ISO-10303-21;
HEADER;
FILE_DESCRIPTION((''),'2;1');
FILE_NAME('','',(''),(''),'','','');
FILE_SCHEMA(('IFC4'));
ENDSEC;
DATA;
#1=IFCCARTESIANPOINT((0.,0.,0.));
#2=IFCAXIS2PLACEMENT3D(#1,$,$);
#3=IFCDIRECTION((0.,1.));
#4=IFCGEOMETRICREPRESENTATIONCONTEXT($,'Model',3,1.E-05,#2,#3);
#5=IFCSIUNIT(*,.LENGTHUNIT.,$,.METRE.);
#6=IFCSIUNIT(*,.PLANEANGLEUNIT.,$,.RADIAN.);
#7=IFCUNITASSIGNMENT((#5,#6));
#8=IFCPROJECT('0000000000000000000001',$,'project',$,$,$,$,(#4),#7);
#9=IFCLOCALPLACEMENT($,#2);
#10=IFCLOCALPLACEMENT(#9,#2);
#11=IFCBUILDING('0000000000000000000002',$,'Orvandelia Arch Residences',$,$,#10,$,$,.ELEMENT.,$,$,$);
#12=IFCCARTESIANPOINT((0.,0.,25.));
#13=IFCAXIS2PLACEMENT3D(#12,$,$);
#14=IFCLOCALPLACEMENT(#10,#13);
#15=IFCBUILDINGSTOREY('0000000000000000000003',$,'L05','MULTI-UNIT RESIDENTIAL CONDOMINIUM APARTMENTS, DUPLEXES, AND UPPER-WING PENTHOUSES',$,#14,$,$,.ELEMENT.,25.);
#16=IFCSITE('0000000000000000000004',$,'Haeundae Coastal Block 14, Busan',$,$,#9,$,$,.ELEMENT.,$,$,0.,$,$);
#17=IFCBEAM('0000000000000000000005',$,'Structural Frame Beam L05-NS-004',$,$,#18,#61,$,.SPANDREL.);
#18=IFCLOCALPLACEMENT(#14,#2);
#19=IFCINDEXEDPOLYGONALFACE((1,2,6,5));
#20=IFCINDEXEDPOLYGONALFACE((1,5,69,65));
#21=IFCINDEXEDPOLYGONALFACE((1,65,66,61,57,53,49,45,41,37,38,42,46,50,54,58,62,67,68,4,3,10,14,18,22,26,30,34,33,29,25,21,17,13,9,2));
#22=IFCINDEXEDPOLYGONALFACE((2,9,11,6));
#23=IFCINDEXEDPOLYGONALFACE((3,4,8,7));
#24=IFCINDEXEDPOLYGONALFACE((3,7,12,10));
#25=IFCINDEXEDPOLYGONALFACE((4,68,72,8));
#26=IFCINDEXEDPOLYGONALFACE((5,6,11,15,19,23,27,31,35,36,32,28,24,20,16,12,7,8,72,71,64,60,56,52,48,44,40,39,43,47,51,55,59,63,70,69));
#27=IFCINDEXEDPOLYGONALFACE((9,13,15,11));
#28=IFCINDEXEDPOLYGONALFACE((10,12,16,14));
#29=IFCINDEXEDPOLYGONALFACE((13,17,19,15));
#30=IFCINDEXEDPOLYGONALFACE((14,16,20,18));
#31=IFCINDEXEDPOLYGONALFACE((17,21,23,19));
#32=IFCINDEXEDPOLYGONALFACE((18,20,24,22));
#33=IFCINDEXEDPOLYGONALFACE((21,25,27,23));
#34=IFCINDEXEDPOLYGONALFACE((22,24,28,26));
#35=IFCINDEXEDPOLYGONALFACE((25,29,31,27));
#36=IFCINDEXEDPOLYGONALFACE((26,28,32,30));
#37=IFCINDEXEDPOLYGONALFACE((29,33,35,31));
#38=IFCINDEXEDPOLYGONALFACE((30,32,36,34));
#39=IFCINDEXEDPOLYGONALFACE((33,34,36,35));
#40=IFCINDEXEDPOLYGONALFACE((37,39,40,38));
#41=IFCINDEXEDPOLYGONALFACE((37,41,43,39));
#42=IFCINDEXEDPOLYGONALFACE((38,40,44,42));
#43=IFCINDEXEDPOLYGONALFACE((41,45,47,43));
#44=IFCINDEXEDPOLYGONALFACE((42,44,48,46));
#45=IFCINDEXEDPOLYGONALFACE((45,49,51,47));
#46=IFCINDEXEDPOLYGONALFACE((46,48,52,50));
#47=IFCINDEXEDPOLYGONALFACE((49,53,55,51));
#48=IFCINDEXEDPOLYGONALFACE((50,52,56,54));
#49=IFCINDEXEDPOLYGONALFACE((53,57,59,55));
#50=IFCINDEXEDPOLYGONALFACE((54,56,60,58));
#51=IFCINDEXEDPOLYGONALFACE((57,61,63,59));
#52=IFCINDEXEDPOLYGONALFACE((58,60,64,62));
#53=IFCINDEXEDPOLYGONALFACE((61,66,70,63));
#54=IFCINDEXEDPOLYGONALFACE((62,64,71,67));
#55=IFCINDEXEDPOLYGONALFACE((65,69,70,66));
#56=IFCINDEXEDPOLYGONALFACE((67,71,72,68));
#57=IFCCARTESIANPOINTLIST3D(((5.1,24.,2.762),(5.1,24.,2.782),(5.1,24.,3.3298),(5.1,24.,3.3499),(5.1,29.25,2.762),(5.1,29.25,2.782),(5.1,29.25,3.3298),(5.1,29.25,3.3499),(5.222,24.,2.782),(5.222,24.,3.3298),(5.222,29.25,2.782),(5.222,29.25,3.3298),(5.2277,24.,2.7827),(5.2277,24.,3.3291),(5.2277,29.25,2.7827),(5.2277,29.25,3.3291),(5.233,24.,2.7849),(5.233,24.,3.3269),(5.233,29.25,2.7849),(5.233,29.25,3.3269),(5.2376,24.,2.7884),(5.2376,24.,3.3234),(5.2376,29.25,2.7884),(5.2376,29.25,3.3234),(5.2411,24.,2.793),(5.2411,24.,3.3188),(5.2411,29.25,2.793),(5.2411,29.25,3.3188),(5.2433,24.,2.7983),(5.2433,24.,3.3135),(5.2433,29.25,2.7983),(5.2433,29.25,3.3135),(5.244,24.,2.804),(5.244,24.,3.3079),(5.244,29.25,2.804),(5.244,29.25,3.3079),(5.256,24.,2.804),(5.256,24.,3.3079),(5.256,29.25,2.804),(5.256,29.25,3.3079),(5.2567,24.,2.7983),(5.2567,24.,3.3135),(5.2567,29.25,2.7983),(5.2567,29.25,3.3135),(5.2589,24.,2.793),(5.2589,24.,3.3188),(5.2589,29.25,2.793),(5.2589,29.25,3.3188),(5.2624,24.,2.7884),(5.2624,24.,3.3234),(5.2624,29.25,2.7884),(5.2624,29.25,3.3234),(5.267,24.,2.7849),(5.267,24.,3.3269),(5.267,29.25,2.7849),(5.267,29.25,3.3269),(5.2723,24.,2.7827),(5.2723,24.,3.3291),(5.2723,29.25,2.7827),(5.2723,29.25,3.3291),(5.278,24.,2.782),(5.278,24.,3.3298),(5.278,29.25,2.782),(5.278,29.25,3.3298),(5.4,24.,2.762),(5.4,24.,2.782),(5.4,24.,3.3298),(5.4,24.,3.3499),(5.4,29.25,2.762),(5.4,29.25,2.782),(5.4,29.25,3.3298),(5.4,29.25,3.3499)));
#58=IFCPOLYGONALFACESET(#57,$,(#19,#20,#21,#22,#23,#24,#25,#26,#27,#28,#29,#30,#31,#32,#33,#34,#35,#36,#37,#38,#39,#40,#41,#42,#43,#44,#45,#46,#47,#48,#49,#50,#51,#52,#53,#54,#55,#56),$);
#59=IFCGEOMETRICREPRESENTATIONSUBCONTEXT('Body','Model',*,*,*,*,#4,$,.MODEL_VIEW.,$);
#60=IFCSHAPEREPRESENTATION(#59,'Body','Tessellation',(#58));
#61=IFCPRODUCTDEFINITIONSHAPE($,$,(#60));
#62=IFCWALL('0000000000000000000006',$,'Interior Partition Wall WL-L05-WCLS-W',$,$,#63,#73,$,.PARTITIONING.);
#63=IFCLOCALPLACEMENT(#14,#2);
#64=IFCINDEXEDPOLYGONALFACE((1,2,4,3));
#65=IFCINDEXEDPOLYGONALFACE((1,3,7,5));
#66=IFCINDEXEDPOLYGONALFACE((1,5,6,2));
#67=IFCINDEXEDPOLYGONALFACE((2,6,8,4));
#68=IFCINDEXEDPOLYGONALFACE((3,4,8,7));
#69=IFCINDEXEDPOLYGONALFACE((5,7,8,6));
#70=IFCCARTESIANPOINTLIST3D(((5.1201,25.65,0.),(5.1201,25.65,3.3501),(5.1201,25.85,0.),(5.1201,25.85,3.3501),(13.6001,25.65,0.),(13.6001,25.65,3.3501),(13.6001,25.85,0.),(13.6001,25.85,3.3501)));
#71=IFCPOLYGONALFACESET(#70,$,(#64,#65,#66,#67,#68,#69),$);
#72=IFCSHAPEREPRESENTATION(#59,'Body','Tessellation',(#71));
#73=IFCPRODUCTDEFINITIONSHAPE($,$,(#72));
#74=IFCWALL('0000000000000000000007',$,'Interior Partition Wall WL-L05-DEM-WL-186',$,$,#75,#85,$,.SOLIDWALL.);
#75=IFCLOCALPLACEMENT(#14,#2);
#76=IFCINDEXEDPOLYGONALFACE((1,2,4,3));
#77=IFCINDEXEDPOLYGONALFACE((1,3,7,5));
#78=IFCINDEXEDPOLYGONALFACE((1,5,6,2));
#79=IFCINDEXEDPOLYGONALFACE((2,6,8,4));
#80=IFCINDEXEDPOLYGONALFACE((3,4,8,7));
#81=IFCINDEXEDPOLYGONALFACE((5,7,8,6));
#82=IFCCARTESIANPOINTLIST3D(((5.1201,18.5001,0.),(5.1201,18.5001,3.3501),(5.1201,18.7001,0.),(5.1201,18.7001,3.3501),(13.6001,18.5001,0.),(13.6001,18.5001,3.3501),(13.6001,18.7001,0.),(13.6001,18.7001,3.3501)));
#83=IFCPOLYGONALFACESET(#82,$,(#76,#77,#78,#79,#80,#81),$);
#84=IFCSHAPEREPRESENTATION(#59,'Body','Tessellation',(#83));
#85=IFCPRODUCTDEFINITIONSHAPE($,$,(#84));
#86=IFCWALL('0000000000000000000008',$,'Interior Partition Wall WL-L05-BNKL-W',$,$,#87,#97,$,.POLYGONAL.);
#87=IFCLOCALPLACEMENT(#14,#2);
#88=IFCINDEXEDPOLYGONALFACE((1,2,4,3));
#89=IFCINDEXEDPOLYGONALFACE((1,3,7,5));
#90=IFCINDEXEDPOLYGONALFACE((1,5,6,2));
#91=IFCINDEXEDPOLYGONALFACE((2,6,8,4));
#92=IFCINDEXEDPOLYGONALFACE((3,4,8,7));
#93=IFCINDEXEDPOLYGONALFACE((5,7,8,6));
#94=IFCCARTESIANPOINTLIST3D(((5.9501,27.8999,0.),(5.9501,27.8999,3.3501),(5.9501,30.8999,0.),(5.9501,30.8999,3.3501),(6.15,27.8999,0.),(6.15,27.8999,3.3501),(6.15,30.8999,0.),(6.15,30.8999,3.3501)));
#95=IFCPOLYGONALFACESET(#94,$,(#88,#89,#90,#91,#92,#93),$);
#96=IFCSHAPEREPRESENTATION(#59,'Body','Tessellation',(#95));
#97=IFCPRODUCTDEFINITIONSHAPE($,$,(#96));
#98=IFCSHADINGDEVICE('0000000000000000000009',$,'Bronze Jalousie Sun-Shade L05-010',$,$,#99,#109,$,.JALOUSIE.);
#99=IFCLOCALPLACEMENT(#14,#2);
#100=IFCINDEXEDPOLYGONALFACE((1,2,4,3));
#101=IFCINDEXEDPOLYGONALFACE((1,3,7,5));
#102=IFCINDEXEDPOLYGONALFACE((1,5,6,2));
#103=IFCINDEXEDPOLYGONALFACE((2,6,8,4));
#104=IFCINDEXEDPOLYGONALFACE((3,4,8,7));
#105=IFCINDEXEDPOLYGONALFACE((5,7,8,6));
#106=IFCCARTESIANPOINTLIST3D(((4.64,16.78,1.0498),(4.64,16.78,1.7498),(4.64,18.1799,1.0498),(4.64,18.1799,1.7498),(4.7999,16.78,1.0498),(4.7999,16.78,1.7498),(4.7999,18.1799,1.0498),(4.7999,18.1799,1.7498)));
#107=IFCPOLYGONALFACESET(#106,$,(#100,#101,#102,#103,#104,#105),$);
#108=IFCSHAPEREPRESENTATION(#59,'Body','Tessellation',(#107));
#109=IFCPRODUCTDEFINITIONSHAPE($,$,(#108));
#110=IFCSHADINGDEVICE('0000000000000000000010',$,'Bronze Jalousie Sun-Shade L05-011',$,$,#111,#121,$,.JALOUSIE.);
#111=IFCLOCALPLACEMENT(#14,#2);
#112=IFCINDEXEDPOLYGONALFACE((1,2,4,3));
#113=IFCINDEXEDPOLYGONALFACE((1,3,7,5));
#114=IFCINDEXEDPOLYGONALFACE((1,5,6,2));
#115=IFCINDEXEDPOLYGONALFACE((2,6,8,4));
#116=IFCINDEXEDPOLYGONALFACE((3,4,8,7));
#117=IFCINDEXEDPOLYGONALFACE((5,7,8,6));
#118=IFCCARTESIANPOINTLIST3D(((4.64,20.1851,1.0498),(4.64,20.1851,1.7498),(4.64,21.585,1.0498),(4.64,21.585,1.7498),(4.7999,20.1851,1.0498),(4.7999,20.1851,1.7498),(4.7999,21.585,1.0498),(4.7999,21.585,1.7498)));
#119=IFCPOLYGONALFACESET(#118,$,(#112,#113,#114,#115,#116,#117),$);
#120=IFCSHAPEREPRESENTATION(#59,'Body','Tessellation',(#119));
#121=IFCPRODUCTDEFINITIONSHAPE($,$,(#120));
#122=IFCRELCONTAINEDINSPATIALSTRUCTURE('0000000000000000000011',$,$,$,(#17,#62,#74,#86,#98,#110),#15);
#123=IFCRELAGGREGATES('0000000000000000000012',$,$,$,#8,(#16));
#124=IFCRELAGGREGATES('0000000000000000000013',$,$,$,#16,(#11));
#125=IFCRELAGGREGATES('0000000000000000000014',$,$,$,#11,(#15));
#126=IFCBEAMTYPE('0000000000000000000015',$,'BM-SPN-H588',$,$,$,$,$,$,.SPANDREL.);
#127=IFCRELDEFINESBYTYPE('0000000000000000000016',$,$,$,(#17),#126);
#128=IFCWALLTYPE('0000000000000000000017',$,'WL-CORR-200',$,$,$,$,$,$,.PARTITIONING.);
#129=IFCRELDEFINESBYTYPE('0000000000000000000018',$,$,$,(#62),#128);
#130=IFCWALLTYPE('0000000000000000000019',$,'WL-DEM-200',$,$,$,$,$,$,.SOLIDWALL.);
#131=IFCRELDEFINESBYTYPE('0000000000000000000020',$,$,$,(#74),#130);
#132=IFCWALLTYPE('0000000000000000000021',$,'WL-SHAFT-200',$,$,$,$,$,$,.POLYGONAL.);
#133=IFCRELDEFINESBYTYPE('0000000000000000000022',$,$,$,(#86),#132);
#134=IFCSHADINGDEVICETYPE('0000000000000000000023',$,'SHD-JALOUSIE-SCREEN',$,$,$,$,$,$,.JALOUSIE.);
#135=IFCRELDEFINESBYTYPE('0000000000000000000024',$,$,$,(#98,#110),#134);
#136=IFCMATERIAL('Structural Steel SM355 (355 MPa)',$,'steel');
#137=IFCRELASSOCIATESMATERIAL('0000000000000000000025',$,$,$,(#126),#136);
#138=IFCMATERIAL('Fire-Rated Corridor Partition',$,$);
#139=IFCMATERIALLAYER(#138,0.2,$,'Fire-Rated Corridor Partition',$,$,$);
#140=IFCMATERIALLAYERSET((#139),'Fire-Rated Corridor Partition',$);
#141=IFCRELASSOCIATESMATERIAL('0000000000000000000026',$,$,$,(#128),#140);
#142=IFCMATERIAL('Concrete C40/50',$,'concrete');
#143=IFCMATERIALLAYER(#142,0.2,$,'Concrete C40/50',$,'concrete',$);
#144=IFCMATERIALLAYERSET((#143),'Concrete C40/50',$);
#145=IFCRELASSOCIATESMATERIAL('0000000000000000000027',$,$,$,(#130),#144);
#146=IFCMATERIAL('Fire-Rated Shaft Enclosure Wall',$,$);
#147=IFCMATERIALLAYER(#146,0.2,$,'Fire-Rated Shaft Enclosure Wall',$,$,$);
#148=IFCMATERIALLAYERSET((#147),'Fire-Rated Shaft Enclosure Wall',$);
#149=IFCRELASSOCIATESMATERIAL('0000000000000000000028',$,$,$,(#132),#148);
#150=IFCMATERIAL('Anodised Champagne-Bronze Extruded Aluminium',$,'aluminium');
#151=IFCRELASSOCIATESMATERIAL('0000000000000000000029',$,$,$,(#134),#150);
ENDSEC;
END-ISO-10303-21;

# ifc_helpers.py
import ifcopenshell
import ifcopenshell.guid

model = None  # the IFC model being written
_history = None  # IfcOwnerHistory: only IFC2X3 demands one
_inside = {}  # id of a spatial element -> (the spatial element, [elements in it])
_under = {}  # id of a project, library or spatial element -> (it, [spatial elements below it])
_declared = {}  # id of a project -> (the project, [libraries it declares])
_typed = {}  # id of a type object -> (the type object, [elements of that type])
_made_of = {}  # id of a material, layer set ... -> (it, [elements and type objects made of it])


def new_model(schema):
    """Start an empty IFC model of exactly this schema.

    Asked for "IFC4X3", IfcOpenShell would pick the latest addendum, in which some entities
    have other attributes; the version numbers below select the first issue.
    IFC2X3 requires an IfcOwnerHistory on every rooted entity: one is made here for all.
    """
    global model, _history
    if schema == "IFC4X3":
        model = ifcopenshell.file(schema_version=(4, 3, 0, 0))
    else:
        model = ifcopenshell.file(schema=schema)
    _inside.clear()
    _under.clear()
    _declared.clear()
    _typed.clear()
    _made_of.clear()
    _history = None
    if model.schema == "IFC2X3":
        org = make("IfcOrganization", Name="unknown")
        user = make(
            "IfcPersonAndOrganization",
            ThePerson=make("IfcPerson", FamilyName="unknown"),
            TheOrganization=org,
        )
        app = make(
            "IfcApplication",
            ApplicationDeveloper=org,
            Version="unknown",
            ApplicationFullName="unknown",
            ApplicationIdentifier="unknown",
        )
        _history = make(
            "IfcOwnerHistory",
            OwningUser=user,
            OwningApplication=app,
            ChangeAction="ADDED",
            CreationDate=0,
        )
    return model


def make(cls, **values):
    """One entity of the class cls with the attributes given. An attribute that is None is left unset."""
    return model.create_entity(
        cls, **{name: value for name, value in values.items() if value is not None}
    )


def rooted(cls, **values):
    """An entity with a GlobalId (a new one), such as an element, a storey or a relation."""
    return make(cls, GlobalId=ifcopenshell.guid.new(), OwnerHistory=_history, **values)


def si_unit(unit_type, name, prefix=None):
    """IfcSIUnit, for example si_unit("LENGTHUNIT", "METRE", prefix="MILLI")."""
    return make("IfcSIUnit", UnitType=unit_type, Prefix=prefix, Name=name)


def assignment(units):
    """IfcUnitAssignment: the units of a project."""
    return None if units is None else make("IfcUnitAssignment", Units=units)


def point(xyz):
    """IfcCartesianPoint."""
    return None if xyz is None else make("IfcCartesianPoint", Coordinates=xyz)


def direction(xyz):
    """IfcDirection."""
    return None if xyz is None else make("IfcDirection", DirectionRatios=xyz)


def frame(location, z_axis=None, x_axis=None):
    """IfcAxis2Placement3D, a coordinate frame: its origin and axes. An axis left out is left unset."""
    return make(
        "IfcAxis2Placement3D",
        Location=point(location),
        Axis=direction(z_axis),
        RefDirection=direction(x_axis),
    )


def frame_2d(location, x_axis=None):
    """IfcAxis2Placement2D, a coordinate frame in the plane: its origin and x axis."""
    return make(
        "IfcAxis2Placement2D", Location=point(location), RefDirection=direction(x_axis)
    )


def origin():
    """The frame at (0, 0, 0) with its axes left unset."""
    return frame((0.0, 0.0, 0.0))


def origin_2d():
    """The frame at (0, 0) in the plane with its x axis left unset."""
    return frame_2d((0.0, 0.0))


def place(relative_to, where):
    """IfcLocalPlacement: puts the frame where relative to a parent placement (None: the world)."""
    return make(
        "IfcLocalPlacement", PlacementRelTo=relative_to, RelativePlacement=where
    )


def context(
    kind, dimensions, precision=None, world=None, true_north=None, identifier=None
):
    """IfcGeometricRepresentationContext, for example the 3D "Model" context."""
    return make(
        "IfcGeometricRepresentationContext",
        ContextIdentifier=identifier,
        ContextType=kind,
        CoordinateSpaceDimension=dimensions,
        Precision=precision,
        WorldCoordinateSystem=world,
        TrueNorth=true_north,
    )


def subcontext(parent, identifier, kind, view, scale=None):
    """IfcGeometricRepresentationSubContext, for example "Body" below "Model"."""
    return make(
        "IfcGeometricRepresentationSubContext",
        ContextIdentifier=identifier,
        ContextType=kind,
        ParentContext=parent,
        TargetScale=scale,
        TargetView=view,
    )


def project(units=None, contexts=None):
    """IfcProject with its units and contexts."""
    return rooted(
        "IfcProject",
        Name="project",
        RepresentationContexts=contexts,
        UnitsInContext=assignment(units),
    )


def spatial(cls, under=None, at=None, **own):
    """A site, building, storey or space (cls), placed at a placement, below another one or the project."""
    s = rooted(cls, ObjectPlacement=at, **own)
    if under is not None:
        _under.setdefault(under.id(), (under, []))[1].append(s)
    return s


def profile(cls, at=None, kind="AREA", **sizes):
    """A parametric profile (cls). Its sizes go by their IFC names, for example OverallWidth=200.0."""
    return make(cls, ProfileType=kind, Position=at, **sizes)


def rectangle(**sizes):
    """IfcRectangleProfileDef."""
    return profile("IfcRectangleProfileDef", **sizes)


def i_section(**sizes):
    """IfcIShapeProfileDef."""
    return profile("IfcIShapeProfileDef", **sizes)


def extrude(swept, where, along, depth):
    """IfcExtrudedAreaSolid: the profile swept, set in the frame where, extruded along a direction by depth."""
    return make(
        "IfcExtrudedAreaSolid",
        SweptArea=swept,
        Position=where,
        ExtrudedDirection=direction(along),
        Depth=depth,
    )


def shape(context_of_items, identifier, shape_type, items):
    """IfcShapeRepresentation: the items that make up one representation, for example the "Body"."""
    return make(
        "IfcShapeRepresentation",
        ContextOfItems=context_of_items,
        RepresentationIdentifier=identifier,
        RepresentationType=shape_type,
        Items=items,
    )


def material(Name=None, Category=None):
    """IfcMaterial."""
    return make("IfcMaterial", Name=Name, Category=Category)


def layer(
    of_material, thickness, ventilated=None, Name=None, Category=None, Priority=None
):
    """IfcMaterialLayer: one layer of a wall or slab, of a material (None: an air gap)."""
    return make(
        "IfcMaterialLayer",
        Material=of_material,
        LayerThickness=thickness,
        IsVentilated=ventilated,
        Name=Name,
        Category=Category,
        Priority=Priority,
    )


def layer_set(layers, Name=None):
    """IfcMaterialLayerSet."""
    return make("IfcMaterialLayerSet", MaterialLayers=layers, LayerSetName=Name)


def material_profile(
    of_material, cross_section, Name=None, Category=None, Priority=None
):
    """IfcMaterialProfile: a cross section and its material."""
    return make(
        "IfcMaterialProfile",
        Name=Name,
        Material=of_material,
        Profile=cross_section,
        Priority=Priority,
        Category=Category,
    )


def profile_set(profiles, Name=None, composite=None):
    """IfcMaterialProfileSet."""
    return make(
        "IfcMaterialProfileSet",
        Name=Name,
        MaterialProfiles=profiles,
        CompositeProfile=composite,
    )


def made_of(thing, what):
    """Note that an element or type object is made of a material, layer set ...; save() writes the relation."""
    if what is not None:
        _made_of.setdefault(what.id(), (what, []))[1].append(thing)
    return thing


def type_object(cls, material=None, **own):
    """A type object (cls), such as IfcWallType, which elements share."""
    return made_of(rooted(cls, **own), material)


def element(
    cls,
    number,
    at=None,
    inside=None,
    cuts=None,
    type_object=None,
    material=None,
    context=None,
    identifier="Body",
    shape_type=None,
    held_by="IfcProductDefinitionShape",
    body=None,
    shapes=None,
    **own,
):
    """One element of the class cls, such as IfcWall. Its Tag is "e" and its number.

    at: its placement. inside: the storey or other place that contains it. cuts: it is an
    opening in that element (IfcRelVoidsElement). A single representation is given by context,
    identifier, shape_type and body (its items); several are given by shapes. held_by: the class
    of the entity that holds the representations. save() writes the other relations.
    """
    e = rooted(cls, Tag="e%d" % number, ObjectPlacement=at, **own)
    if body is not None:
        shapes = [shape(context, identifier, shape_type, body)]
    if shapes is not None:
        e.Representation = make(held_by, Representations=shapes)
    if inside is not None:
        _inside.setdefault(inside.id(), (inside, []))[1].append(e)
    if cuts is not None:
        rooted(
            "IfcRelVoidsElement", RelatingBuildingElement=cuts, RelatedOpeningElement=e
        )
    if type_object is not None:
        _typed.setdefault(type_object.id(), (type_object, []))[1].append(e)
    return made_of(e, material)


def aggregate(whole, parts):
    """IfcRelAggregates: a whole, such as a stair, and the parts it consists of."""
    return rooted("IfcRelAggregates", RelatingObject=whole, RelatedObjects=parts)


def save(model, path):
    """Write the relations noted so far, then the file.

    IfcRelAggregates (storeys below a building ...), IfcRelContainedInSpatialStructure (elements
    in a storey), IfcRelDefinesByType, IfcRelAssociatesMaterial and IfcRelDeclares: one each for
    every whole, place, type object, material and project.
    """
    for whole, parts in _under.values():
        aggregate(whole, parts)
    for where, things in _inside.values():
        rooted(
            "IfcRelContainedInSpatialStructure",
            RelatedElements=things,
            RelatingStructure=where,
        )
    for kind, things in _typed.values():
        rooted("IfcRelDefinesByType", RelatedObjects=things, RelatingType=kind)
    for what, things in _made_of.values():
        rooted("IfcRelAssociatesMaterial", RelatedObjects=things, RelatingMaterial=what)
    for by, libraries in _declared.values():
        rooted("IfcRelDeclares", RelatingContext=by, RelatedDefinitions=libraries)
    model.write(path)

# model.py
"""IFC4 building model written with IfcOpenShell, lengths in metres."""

from ifc_helpers import new_model, si_unit, direction, frame, frame_2d, origin, origin_2d, place, context, subcontext, project, spatial, rectangle, i_section, extrude, material, layer, layer_set, material_profile, profile_set, type_object, element, save


model = new_model("IFC4")

# Units and contexts
model_context = context("Model", 3, precision=1e-05, world=origin(), true_north=direction((0.0, 1.0)))
body_context = subcontext(model_context, "Body", "Model", "MODEL_VIEW")
ifc_project = project(units=[si_unit("LENGTHUNIT", "METRE"), si_unit("PLANEANGLEUNIT", "RADIAN")], contexts=[model_context])

# Site, building, storey
site_placement = place(None, origin())
site = spatial("IfcSite", under=ifc_project, at=site_placement, Name="Haeundae Coastal Block 14, Busan", CompositionType="ELEMENT", RefElevation=0.0)
building_placement = place(site_placement, origin())
building = spatial("IfcBuilding", under=site, at=building_placement, Name="Orvandelia Arch Residences", CompositionType="ELEMENT")
storey_placement = place(building_placement, frame((0.0, 0.0, 25.0)))
storey = spatial("IfcBuildingStorey", under=building, at=storey_placement, Name="L05", Description="MULTI-UNIT RESIDENTIAL CONDOMINIUM APARTMENTS, DUPLEXES, AND UPPER-WING PENTHOUSES", CompositionType="ELEMENT", Elevation=25.0)

# Beam
ifc_material_1 = material(Name="Structural Steel SM355 (355 MPa)", Category="steel")
ifc_material_profile_1 = material_profile(ifc_material_1, i_section(OverallWidth=0.3, OverallDepth=0.5879, WebThickness=0.012, FlangeThickness=0.02, FilletRadius=0.022, at=origin_2d()), Name="Structural Steel SM355 (355 MPa)", Category="steel")
ifc_profile_set_1 = profile_set([ifc_material_profile_1], Name="Structural Steel SM355 (355 MPa)")
beam_type_1 = type_object("IfcBeamType", Name="BM-SPN-H588", PredefinedType="SPANDREL", material=ifc_profile_set_1)
beam_placement = place(storey_placement, frame((5.25, 24.0, 3.0559), z_axis=(0.0, 1.0, 0.0), x_axis=(-1.0, 0.0, 0.0)))
element("IfcBeam", 1, at=beam_placement, inside=storey, type_object=beam_type_1, Name="Structural Frame Beam L05-NS-004", PredefinedType="SPANDREL", context=body_context, shape_type="SweptSolid", body=[
    extrude(i_section(OverallWidth=0.3, OverallDepth=0.5879, WebThickness=0.012, FlangeThickness=0.02, FilletRadius=0.022, at=origin_2d()), origin(), (0.0, 0.0, 1.0), 5.25),
])

# Walls
ifc_material_2 = material(Name="Fire-Rated Corridor Partition")
ifc_layer_1 = layer(ifc_material_2, 0.2, Name="Fire-Rated Corridor Partition")
ifc_layer_set_1 = layer_set([ifc_layer_1], Name="Fire-Rated Corridor Partition")
wall_type_1 = type_object("IfcWallType", Name="WL-CORR-200", PredefinedType="PARTITIONING", material=ifc_layer_set_1)
wall_1_placement = place(storey_placement, frame((5.1201, 25.75, 0.0), z_axis=(0.0, 0.0, 1.0), x_axis=(1.0, 0.0, 0.0)))
element("IfcWall", 2, at=wall_1_placement, inside=storey, type_object=wall_type_1, Name="Interior Partition Wall WL-L05-WCLS-W", PredefinedType="PARTITIONING", context=body_context, shape_type="SweptSolid", body=[
    extrude(rectangle(XDim=8.48, YDim=0.2, at=frame_2d((4.24, 0.0))), origin(), (0.0, 0.0, 1.0), 3.3501),
])
ifc_material_3 = material(Name="Concrete C40/50", Category="concrete")
ifc_layer_2 = layer(ifc_material_3, 0.2, Name="Concrete C40/50", Category="concrete")
ifc_layer_set_2 = layer_set([ifc_layer_2], Name="Concrete C40/50")
wall_type_2 = type_object("IfcWallType", Name="WL-DEM-200", PredefinedType="SOLIDWALL", material=ifc_layer_set_2)
wall_2_placement = place(storey_placement, frame((5.1201, 18.6001, 0.0), z_axis=(0.0, 0.0, 1.0), x_axis=(1.0, 0.0, 0.0)))
element("IfcWall", 3, at=wall_2_placement, inside=storey, type_object=wall_type_2, Name="Interior Partition Wall WL-L05-DEM-WL-186", PredefinedType="SOLIDWALL", context=body_context, shape_type="SweptSolid", body=[
    extrude(rectangle(XDim=8.48, YDim=0.2, at=frame_2d((4.24, 0.0))), origin(), (0.0, 0.0, 1.0), 3.3501),
])
ifc_material_4 = material(Name="Fire-Rated Shaft Enclosure Wall")
ifc_layer_3 = layer(ifc_material_4, 0.2, Name="Fire-Rated Shaft Enclosure Wall")
ifc_layer_set_3 = layer_set([ifc_layer_3], Name="Fire-Rated Shaft Enclosure Wall")
wall_type_3 = type_object("IfcWallType", Name="WL-SHAFT-200", PredefinedType="POLYGONAL", material=ifc_layer_set_3)
wall_3_placement = place(storey_placement, frame((6.05, 27.8999, 0.0), z_axis=(0.0, 0.0, 1.0), x_axis=(0.0, 1.0, 0.0)))
element("IfcWall", 4, at=wall_3_placement, inside=storey, type_object=wall_type_3, Name="Interior Partition Wall WL-L05-BNKL-W", PredefinedType="POLYGONAL", context=body_context, shape_type="SweptSolid", body=[
    extrude(rectangle(XDim=3.0, YDim=0.2, at=frame_2d((1.5, 0.0))), origin(), (0.0, 0.0, 1.0), 3.3501),
])

# Shading devices
ifc_material_5 = material(Name="Anodised Champagne-Bronze Extruded Aluminium", Category="aluminium")
shading_device_type = type_object("IfcShadingDeviceType", Name="SHD-JALOUSIE-SCREEN", PredefinedType="JALOUSIE", material=ifc_material_5)
for number, where, z_axis, x_axis, name in (
    (5, (4.72, 17.48, 1.0498), (0.0, 0.0, 1.0), (0.0, 1.0, 0.0), "Bronze Jalousie Sun-Shade L05-010"),
    (6, (4.72, 20.885, 1.0498), (0.0, 0.0, 1.0), (0.0, 1.0, 0.0), "Bronze Jalousie Sun-Shade L05-011"),
):
    element("IfcShadingDevice", number, at=place(storey_placement, frame(where, z_axis=z_axis, x_axis=x_axis)), inside=storey, type_object=shading_device_type, Name=name, PredefinedType="JALOUSIE", context=body_context, shape_type="SweptSolid", body=[
        extrude(rectangle(XDim=1.3999, YDim=0.1599, at=origin_2d()), origin(), (0.0, 0.0, 1.0), 0.7),
    ])

save(model, "model.ifc")
